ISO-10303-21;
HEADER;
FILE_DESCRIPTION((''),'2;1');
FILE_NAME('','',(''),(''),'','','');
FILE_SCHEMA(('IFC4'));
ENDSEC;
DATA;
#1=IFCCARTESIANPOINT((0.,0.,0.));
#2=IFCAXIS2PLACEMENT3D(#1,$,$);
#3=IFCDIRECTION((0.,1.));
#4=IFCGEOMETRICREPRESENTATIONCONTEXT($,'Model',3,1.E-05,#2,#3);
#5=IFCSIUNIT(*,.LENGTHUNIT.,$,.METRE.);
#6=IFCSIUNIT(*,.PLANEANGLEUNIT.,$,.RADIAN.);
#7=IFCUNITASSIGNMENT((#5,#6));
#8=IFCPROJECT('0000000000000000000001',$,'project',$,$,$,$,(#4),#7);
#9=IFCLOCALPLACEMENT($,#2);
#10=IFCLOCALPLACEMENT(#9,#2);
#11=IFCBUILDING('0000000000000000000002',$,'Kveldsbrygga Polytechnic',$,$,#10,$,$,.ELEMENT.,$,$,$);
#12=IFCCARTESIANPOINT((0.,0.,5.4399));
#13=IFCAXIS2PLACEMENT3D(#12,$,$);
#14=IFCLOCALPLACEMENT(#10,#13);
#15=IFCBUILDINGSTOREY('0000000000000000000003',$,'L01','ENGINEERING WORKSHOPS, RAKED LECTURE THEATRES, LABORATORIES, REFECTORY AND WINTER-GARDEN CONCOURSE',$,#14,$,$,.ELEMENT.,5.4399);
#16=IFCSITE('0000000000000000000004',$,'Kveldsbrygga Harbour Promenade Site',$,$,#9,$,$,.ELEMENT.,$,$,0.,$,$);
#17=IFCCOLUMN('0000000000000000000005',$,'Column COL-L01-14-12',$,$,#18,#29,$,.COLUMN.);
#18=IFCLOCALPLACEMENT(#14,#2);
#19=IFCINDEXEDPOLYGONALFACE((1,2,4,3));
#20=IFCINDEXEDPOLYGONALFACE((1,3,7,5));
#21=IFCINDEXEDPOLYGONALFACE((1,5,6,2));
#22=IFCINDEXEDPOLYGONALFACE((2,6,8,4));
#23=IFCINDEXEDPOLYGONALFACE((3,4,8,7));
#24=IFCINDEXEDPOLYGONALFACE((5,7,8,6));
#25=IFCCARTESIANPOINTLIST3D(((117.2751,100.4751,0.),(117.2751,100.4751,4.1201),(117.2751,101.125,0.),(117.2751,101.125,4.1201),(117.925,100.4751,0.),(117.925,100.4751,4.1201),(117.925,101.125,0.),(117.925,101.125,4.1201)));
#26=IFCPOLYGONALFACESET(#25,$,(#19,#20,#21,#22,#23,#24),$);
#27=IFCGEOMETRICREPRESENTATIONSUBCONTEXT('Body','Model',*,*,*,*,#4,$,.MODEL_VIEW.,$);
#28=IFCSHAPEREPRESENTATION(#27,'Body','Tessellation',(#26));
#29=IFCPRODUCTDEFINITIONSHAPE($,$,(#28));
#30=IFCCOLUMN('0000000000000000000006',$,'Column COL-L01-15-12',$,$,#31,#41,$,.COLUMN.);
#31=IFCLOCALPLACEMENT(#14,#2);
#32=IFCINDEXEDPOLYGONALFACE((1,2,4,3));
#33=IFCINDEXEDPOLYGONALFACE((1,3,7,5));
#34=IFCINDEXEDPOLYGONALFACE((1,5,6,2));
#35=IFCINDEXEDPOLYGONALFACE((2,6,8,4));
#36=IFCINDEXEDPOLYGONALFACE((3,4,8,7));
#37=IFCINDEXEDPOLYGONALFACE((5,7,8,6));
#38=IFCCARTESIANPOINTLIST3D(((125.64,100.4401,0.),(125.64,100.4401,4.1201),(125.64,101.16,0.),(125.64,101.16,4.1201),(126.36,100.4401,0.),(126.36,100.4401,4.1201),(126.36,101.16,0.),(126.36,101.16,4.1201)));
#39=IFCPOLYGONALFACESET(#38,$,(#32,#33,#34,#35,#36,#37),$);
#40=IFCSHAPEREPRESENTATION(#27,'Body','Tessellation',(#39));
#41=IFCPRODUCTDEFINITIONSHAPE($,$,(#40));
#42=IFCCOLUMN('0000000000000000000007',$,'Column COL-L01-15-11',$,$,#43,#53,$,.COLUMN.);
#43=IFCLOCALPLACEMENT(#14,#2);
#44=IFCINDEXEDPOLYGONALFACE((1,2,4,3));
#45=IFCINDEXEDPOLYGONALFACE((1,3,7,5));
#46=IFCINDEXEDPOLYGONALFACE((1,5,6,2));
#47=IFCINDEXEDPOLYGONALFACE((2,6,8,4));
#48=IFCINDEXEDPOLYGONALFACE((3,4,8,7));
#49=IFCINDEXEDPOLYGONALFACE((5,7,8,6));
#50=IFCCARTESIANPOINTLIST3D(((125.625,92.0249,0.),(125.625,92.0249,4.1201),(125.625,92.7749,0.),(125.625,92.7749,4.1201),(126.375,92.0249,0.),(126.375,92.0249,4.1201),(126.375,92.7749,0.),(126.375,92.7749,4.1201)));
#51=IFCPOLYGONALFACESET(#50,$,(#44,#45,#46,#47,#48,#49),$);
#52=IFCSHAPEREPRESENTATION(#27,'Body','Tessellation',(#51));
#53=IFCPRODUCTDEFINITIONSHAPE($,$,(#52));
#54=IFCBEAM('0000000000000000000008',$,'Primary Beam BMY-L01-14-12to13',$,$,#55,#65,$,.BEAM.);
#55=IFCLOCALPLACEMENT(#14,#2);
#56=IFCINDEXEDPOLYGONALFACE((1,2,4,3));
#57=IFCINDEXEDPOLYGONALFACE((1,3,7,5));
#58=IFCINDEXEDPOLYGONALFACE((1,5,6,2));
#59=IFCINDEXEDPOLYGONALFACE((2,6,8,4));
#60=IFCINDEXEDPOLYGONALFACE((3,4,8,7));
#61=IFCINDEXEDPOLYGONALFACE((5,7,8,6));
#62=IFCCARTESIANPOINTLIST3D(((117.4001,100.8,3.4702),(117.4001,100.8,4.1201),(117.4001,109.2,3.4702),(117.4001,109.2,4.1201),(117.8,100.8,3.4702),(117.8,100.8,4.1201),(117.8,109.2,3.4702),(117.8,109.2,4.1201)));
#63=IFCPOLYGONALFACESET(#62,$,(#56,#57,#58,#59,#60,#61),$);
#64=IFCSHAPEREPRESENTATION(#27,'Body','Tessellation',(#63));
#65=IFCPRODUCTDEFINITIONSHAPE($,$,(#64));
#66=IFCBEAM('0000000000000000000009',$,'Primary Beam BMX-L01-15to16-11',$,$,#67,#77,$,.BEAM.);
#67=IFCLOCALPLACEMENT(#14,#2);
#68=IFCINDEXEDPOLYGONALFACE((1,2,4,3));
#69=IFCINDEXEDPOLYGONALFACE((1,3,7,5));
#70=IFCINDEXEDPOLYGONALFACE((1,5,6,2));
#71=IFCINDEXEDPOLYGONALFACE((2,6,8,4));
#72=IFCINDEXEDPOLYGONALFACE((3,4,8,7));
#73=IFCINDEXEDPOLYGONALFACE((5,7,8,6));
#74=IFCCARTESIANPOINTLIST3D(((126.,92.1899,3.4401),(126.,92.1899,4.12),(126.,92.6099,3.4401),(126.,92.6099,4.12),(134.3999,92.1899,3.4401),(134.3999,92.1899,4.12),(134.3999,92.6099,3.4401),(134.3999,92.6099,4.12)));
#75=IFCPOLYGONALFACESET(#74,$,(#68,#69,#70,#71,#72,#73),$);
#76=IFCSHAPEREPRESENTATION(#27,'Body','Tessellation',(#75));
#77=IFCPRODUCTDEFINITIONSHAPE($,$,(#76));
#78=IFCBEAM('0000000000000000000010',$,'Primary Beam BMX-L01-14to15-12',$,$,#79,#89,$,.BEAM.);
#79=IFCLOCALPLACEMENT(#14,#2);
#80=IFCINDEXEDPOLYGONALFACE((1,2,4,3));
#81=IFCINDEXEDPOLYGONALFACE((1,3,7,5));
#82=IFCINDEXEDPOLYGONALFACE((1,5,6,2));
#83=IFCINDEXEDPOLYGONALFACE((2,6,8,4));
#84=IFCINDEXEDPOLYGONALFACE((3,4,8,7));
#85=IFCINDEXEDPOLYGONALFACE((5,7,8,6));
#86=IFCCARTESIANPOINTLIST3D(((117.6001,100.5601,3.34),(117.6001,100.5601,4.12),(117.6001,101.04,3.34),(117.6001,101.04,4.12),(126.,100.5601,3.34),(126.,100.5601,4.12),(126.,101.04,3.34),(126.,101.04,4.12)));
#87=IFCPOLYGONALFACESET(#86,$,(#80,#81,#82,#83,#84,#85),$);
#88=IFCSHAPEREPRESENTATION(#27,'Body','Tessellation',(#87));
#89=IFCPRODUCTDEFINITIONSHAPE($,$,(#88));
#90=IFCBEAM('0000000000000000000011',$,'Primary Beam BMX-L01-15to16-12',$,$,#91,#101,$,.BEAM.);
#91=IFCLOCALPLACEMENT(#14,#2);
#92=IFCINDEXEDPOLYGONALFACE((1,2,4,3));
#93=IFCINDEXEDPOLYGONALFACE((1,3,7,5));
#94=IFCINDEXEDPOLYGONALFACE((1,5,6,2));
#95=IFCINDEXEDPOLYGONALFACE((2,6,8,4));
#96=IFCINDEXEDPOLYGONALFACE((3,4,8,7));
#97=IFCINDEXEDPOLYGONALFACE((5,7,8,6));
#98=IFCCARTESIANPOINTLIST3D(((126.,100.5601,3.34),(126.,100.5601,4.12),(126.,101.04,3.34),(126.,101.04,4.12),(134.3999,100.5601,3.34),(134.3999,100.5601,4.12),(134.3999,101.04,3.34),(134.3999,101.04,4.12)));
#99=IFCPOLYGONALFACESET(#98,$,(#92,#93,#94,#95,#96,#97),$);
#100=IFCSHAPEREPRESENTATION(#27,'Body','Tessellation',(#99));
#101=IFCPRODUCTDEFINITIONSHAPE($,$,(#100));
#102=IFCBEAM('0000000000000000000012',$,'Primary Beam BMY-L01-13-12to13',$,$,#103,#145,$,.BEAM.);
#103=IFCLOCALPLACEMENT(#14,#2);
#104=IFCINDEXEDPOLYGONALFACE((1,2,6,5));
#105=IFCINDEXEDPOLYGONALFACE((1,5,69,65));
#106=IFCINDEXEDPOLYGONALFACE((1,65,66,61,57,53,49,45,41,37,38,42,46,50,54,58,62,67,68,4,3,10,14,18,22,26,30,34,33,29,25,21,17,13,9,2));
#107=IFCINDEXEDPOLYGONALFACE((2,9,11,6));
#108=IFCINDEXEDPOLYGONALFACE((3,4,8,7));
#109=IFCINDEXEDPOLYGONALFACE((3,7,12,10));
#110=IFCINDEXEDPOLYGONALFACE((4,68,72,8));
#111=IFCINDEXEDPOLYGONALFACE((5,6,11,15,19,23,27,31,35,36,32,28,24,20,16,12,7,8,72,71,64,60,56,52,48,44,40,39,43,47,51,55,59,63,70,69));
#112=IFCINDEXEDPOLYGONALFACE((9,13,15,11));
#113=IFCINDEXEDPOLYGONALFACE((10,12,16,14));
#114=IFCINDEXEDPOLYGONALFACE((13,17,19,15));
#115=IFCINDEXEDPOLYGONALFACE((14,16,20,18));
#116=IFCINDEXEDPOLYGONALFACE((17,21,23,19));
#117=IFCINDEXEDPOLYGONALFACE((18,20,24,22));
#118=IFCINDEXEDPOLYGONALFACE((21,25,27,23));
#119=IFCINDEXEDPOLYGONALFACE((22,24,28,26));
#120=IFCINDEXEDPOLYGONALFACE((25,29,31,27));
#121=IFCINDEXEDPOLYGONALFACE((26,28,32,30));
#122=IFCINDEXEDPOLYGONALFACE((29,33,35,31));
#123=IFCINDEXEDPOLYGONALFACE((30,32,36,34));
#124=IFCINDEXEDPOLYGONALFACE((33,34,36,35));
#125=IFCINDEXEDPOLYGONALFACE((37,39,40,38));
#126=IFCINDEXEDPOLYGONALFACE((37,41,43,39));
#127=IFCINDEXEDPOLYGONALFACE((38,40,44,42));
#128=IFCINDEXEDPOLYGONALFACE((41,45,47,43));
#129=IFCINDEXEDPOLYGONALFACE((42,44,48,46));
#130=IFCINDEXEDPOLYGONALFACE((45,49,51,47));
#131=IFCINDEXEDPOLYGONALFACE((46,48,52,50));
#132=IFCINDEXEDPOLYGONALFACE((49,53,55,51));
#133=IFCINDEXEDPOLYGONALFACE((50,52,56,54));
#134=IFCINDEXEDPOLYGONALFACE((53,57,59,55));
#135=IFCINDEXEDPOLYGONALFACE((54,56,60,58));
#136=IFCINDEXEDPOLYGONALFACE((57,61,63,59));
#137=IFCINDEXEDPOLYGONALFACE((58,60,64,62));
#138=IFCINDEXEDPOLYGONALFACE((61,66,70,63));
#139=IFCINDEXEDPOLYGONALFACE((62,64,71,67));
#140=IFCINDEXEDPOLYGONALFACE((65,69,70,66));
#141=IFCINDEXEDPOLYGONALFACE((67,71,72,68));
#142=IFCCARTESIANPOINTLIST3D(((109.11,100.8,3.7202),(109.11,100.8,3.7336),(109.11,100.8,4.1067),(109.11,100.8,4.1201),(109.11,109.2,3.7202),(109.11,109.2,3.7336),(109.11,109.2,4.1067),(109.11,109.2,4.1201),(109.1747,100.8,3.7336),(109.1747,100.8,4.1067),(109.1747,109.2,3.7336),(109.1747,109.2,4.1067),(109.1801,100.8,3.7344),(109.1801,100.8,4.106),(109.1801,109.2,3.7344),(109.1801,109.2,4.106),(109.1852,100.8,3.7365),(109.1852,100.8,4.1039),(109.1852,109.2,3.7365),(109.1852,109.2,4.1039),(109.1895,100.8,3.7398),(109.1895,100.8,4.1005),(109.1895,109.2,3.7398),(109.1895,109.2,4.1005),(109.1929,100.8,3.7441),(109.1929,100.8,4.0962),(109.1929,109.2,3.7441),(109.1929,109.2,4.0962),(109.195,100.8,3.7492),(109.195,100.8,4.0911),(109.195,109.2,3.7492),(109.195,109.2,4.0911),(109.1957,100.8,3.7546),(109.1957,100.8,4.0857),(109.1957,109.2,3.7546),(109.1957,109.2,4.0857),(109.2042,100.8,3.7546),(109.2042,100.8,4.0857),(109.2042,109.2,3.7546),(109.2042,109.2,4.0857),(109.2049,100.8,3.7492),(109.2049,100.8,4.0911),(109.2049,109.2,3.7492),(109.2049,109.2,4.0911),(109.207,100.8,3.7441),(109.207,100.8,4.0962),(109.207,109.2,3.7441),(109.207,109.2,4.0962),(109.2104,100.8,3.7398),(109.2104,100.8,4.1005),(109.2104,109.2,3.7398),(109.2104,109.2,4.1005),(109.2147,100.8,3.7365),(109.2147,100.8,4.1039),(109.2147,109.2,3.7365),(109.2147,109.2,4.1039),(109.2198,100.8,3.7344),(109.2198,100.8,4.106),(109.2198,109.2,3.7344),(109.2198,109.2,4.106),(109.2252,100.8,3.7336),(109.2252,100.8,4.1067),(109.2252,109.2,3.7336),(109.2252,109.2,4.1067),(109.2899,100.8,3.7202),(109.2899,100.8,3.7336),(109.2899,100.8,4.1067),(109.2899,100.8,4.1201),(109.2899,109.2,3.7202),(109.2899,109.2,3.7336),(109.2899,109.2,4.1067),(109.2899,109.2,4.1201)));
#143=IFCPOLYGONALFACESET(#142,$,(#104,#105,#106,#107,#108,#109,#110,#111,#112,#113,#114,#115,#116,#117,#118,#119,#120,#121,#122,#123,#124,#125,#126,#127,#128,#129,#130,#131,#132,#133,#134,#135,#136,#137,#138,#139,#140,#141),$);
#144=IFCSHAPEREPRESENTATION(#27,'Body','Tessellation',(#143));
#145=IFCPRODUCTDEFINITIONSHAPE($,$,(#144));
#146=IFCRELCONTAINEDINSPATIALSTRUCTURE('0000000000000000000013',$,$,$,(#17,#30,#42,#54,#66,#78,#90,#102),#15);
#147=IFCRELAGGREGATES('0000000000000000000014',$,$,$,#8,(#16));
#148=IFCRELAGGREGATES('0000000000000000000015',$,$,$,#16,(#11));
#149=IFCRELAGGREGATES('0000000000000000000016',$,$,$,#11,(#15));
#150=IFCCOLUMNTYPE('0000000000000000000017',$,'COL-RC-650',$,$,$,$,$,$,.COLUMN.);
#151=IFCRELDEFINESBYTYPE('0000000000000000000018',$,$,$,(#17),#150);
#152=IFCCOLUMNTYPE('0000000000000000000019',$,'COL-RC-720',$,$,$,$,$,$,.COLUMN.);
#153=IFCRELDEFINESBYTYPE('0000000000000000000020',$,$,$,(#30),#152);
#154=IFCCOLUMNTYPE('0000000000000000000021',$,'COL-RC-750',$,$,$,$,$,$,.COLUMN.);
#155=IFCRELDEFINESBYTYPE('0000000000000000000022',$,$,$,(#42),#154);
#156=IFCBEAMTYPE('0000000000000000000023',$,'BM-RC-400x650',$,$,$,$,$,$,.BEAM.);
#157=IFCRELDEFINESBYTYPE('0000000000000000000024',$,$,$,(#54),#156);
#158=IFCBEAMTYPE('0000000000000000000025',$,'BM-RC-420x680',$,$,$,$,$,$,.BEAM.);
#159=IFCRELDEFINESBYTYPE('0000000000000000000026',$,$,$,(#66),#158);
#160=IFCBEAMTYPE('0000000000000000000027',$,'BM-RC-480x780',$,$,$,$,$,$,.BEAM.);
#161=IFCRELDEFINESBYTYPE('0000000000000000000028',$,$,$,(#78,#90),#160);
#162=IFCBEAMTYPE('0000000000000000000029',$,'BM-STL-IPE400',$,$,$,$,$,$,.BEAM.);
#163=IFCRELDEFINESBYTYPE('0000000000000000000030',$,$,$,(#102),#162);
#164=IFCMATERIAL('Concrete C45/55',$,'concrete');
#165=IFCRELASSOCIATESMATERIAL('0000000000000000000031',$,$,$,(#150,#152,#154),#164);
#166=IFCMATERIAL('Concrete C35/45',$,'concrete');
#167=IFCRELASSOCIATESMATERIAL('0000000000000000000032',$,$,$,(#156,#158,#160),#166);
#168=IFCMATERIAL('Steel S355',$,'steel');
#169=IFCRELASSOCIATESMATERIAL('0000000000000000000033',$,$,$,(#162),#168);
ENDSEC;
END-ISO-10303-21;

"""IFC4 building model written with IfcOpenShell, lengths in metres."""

from ifc_helpers import new_model, si_unit, direction, frame, origin, origin_2d, place, context, subcontext, project, spatial, rectangle, i_section, extrude, material, material_profile, profile_set, type_object, element, save


model = new_model("IFC4")

# Units and contexts
model_context = context("Model", 3, precision=1e-05, world=origin(), true_north=direction((0.0, 1.0)))
body_context = subcontext(model_context, "Body", "Model", "MODEL_VIEW")
ifc_project = project(units=[si_unit("LENGTHUNIT", "METRE"), si_unit("PLANEANGLEUNIT", "RADIAN")], contexts=[model_context])

# Site, building, storey
site_placement = place(None, origin())
site = spatial("IfcSite", under=ifc_project, at=site_placement, Name="Kveldsbrygga Harbour Promenade Site", CompositionType="ELEMENT", RefElevation=0.0)
building_placement = place(site_placement, origin())
building = spatial("IfcBuilding", under=site, at=building_placement, Name="Kveldsbrygga Polytechnic", CompositionType="ELEMENT")
storey_placement = place(building_placement, frame((0.0, 0.0, 5.4399)))
storey = spatial("IfcBuildingStorey", under=building, at=storey_placement, Name="L01", Description="ENGINEERING WORKSHOPS, RAKED LECTURE THEATRES, LABORATORIES, REFECTORY AND WINTER-GARDEN CONCOURSE", CompositionType="ELEMENT", Elevation=5.4399)

# Columns
ifc_material_1 = material(Name="Concrete C45/55", Category="concrete")
ifc_material_profile_1 = material_profile(ifc_material_1, rectangle(XDim=0.6499, YDim=0.6499, at=origin_2d()), Name="RC 650x650")
ifc_profile_set_1 = profile_set([ifc_material_profile_1], Name="Concrete C45/55")
column_type_1 = type_object("IfcColumnType", Name="COL-RC-650", PredefinedType="COLUMN", material=ifc_profile_set_1)
column_1_placement = place(storey_placement, frame((117.6001, 100.8, 0.0), z_axis=(0.0, 0.0, 1.0), x_axis=(1.0, 0.0, 0.0)))
element("IfcColumn", 1, at=column_1_placement, inside=storey, type_object=column_type_1, Name="Column COL-L01-14-12", PredefinedType="COLUMN", context=body_context, shape_type="SweptSolid", body=[
    extrude(rectangle(XDim=0.6499, YDim=0.6499, at=origin_2d()), origin(), (0.0, 0.0, 1.0), 4.1201),
])
ifc_material_profile_2 = material_profile(ifc_material_1, rectangle(XDim=0.72, YDim=0.72, at=origin_2d()), Name="RC 720x720")
ifc_profile_set_2 = profile_set([ifc_material_profile_2], Name="Concrete C45/55")
column_type_2 = type_object("IfcColumnType", Name="COL-RC-720", PredefinedType="COLUMN", material=ifc_profile_set_2)
column_2_placement = place(storey_placement, frame((126.0, 100.8, 0.0), z_axis=(0.0, 0.0, 1.0), x_axis=(1.0, 0.0, 0.0)))
element("IfcColumn", 2, at=column_2_placement, inside=storey, type_object=column_type_2, Name="Column COL-L01-15-12", PredefinedType="COLUMN", context=body_context, shape_type="SweptSolid", body=[
    extrude(rectangle(XDim=0.72, YDim=0.72, at=origin_2d()), origin(), (0.0, 0.0, 1.0), 4.1201),
])
ifc_material_profile_3 = material_profile(ifc_material_1, rectangle(XDim=0.75, YDim=0.75, at=origin_2d()), Name="RC 750x750")
ifc_profile_set_3 = profile_set([ifc_material_profile_3], Name="Concrete C45/55")
column_type_3 = type_object("IfcColumnType", Name="COL-RC-750", PredefinedType="COLUMN", material=ifc_profile_set_3)
column_3_placement = place(storey_placement, frame((126.0, 92.3999, 0.0), z_axis=(0.0, 0.0, 1.0), x_axis=(1.0, 0.0, 0.0)))
element("IfcColumn", 3, at=column_3_placement, inside=storey, type_object=column_type_3, Name="Column COL-L01-15-11", PredefinedType="COLUMN", context=body_context, shape_type="SweptSolid", body=[
    extrude(rectangle(XDim=0.75, YDim=0.75, at=origin_2d()), origin(), (0.0, 0.0, 1.0), 4.1201),
])

# Beams
ifc_material_2 = material(Name="Concrete C35/45", Category="concrete")
ifc_material_profile_4 = material_profile(ifc_material_2, rectangle(XDim=0.3999, YDim=0.6499, at=origin_2d()), Name="RC 400x650")
ifc_profile_set_4 = profile_set([ifc_material_profile_4], Name="Concrete C35/45")
beam_type_1 = type_object("IfcBeamType", Name="BM-RC-400x650", PredefinedType="BEAM", material=ifc_profile_set_4)
beam_1_placement = place(storey_placement, frame((117.6001, 100.8, 3.7952), z_axis=(0.0, 1.0, 0.0), x_axis=(-1.0, 0.0, 0.0)))
element("IfcBeam", 4, at=beam_1_placement, inside=storey, type_object=beam_type_1, Name="Primary Beam BMY-L01-14-12to13", PredefinedType="BEAM", context=body_context, shape_type="SweptSolid", body=[
    extrude(rectangle(XDim=0.3999, YDim=0.6499, at=origin_2d()), origin(), (0.0, 0.0, 1.0), 8.3999),
])
ifc_material_profile_5 = material_profile(ifc_material_2, rectangle(XDim=0.4199, YDim=0.6799, at=origin_2d()), Name="RC 420x680")
ifc_profile_set_5 = profile_set([ifc_material_profile_5], Name="Concrete C35/45")
beam_type_2 = type_object("IfcBeamType", Name="BM-RC-420x680", PredefinedType="BEAM", material=ifc_profile_set_5)
beam_2_placement = place(storey_placement, frame((126.0, 92.3999, 3.78), z_axis=(1.0, 0.0, 0.0), x_axis=(0.0, 1.0, 0.0)))
element("IfcBeam", 5, at=beam_2_placement, inside=storey, type_object=beam_type_2, Name="Primary Beam BMX-L01-15to16-11", PredefinedType="BEAM", context=body_context, shape_type="SweptSolid", body=[
    extrude(rectangle(XDim=0.4199, YDim=0.6799, at=origin_2d()), origin(), (0.0, 0.0, 1.0), 8.3999),
])
ifc_material_profile_6 = material_profile(ifc_material_2, rectangle(XDim=0.48, YDim=0.78, at=origin_2d()), Name="RC 480x780")
ifc_profile_set_6 = profile_set([ifc_material_profile_6], Name="Concrete C35/45")
beam_type_3 = type_object("IfcBeamType", Name="BM-RC-480x780", PredefinedType="BEAM", material=ifc_profile_set_6)
for number, where, z_axis, x_axis, name in (
    (6, (117.6001, 100.8, 3.73), (1.0, 0.0, 0.0), (0.0, 1.0, 0.0), "Primary Beam BMX-L01-14to15-12"),
    (7, (126.0, 100.8, 3.73), (1.0, 0.0, 0.0), (0.0, 1.0, 0.0), "Primary Beam BMX-L01-15to16-12"),
):
    element("IfcBeam", number, at=place(storey_placement, frame(where, z_axis=z_axis, x_axis=x_axis)), inside=storey, type_object=beam_type_3, Name=name, PredefinedType="BEAM", context=body_context, shape_type="SweptSolid", body=[
        extrude(rectangle(XDim=0.48, YDim=0.78, at=origin_2d()), origin(), (0.0, 0.0, 1.0), 8.3999),
    ])
ifc_material_3 = material(Name="Steel S355", Category="steel")
ifc_material_profile_7 = material_profile(ifc_material_3, i_section(OverallWidth=0.1799, OverallDepth=0.3999, WebThickness=0.0085, FlangeThickness=0.0134, FilletRadius=0.021, at=origin_2d()), Name="IPE 400")
ifc_profile_set_7 = profile_set([ifc_material_profile_7], Name="Steel S355")
beam_type_4 = type_object("IfcBeamType", Name="BM-STL-IPE400", PredefinedType="BEAM", material=ifc_profile_set_7)
beam_3_placement = place(storey_placement, frame((109.2, 100.8, 3.9202), z_axis=(0.0, 1.0, 0.0), x_axis=(-1.0, 0.0, 0.0)))
element("IfcBeam", 8, at=beam_3_placement, inside=storey, type_object=beam_type_4, Name="Primary Beam BMY-L01-13-12to13", PredefinedType="BEAM", context=body_context, shape_type="SweptSolid", body=[
    extrude(i_section(OverallWidth=0.1799, OverallDepth=0.3999, WebThickness=0.0085, FlangeThickness=0.0134, FilletRadius=0.021, at=origin_2d()), origin(), (0.0, 0.0, 1.0), 8.3999),
])

save(model, "model.ifc")
